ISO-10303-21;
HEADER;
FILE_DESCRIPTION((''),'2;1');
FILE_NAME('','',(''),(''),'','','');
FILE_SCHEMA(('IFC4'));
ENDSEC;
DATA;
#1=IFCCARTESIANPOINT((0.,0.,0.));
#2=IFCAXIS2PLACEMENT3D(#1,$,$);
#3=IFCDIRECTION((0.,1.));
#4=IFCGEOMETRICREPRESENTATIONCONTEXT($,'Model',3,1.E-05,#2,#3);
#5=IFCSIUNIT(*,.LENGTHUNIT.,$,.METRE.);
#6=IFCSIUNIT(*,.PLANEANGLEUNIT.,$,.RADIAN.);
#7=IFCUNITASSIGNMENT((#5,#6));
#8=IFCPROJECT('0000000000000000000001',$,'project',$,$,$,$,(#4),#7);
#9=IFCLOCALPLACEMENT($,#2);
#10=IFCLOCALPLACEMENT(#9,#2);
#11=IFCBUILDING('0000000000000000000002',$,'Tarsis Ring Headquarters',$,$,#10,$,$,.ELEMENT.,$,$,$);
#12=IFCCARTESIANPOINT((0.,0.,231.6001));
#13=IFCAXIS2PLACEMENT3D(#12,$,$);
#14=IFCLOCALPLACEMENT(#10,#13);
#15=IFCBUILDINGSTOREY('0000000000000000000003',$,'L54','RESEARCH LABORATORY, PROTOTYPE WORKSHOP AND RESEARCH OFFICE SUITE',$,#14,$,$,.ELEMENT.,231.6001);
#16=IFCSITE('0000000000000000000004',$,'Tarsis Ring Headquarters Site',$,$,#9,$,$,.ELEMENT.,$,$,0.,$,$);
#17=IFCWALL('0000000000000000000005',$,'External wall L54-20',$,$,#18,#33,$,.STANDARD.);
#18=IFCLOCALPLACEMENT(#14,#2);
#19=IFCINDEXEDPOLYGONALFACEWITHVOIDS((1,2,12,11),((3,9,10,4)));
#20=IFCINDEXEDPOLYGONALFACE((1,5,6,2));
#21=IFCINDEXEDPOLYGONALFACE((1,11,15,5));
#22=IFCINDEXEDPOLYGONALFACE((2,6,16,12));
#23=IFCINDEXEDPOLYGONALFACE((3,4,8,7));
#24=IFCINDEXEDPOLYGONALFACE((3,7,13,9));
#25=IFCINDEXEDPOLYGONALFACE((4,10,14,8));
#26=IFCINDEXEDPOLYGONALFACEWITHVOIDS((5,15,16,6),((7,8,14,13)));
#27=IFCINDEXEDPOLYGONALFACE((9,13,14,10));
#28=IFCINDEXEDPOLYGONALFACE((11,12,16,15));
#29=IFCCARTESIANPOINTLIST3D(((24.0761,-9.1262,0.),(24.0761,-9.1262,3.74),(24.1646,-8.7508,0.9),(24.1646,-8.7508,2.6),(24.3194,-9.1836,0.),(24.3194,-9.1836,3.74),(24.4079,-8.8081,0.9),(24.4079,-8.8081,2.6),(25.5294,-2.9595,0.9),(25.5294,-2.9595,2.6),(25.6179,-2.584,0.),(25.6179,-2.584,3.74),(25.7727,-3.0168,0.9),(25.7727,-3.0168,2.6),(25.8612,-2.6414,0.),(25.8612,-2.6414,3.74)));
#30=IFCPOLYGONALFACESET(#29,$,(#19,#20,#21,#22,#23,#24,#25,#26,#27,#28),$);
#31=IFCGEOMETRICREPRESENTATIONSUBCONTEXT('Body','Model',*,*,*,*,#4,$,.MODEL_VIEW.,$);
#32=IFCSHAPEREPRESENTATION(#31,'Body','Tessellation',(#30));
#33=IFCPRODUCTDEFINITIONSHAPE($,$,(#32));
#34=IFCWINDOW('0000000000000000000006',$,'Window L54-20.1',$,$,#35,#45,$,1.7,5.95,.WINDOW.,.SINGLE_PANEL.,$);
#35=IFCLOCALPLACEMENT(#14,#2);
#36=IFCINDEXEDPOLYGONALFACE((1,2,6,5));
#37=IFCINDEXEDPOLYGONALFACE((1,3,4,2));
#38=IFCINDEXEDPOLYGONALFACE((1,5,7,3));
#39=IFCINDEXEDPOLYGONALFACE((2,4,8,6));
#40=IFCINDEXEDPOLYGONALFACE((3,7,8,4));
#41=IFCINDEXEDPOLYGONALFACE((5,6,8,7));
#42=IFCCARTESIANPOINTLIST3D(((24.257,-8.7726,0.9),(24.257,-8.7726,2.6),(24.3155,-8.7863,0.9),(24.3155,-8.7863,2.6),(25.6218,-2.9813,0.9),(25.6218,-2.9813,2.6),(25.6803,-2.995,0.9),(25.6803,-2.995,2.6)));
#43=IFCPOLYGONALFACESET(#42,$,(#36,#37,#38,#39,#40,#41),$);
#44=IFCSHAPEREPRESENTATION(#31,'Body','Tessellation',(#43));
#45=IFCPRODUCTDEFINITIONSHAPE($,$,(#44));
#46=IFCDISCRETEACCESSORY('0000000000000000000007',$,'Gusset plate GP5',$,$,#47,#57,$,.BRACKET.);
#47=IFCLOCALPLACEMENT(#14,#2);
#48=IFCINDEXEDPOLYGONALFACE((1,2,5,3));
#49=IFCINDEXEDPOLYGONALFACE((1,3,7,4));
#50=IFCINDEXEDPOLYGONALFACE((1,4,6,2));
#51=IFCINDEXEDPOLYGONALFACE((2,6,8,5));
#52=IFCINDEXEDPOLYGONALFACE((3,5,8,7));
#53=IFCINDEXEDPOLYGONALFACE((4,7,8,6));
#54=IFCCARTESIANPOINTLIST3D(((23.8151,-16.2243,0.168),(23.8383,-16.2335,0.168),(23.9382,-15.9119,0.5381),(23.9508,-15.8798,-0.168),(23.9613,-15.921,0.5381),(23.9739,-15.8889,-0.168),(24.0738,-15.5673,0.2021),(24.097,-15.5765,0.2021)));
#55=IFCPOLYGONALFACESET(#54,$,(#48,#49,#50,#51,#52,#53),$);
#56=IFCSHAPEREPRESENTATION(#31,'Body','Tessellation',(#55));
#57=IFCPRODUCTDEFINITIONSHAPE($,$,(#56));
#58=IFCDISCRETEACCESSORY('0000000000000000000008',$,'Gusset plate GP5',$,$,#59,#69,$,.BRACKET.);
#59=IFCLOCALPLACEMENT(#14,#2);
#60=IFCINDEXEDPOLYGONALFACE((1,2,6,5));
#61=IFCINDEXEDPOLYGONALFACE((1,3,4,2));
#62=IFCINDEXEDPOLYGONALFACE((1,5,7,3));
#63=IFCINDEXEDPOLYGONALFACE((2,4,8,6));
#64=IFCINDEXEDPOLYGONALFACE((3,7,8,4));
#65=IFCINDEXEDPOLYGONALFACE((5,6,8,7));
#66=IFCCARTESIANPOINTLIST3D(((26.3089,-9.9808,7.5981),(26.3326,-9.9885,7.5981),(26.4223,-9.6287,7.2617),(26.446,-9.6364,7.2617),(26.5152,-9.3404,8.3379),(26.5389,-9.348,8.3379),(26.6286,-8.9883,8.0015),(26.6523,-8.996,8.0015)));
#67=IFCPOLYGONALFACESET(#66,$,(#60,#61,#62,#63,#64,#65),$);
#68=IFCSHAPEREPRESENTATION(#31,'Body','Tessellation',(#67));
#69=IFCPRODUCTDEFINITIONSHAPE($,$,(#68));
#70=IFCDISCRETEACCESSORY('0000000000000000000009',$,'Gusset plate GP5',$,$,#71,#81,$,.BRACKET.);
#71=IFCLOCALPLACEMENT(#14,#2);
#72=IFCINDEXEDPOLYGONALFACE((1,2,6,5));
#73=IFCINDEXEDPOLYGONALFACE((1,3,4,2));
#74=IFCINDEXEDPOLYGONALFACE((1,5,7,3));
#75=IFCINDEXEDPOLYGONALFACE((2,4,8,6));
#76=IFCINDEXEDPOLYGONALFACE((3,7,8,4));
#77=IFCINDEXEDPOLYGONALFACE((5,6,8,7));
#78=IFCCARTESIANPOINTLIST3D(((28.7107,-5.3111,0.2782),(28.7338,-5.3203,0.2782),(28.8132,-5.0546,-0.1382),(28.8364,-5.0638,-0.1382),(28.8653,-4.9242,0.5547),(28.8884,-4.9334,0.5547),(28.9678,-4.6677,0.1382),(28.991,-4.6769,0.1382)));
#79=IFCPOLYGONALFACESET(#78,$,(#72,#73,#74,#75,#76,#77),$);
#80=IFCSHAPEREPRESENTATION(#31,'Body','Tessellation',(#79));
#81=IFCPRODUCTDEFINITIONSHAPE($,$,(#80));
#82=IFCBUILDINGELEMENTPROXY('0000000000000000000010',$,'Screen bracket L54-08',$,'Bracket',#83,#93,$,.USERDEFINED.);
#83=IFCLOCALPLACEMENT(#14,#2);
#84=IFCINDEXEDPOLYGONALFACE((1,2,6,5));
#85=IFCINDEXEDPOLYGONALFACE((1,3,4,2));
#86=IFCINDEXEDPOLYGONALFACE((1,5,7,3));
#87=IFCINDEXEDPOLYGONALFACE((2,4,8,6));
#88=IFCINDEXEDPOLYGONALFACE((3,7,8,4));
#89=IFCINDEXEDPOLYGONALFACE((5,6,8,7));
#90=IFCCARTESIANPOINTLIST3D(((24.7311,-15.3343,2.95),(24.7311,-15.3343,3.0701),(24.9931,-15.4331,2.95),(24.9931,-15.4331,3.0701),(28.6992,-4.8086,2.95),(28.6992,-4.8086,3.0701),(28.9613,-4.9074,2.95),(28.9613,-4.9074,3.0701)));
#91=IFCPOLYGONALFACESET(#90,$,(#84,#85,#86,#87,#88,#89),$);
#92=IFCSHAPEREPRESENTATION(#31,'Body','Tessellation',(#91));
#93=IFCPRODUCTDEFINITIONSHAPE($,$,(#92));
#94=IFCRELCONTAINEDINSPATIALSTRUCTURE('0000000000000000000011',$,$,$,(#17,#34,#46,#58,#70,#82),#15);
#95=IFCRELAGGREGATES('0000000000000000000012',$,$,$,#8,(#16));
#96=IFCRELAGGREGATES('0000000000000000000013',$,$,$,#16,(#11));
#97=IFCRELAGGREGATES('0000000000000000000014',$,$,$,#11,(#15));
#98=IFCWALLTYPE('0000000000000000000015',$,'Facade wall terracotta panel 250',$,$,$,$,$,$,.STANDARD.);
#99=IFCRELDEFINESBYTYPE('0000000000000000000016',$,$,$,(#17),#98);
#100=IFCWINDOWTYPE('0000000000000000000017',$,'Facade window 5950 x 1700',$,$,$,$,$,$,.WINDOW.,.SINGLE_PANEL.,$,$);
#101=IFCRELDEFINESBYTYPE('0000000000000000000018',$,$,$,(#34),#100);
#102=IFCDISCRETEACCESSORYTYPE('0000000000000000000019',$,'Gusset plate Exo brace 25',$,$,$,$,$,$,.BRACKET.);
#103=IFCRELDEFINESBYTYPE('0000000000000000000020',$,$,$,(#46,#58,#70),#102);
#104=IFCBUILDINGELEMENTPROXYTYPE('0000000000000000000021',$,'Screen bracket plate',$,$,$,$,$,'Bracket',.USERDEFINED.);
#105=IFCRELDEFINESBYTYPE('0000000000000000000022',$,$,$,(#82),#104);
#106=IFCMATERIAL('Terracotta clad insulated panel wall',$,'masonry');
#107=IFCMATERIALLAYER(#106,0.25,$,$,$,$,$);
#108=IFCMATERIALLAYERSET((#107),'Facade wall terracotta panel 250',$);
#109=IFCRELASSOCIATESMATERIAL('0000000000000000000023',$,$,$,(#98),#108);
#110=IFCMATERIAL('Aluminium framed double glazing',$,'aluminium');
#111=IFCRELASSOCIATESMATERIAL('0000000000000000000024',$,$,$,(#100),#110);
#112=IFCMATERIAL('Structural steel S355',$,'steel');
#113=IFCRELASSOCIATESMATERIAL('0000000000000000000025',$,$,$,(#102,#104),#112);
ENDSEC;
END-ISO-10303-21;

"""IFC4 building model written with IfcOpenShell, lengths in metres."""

from ifc_helpers import new_model, si_unit, direction, frame, frame_2d, origin, origin_2d, place, context, subcontext, project, spatial, rectangle, extrude, material, layer, layer_set, material_profile, profile_set, type_object, element, fill, save


model = new_model("IFC4")

# Units and contexts
model_context = context("Model", 3, precision=1e-05, world=origin(), true_north=direction((0.0, 1.0)))
body_context = subcontext(model_context, "Body", "Model", "MODEL_VIEW")
ifc_project = project(units=[si_unit("LENGTHUNIT", "METRE"), si_unit("PLANEANGLEUNIT", "RADIAN")], contexts=[model_context])

# Site, building, storey
site_placement = place(None, origin())
site = spatial("IfcSite", under=ifc_project, at=site_placement, Name="Tarsis Ring Headquarters Site", CompositionType="ELEMENT", RefElevation=0.0)
building_placement = place(site_placement, origin())
building = spatial("IfcBuilding", under=site, at=building_placement, Name="Tarsis Ring Headquarters", CompositionType="ELEMENT")
storey_placement = place(building_placement, frame((0.0, 0.0, 231.6001)))
storey = spatial("IfcBuildingStorey", under=building, at=storey_placement, Name="L54", Description="RESEARCH LABORATORY, PROTOTYPE WORKSHOP AND RESEARCH OFFICE SUITE", CompositionType="ELEMENT", Elevation=231.6001)

# Shared definitions
ifc_material_1 = material(Name="Structural steel S355", Category="steel")

# Wall, opening, window
ifc_material_2 = material(Name="Terracotta clad insulated panel wall", Category="masonry")
ifc_layer_1 = layer(ifc_material_2, 0.25)
ifc_layer_set_1 = layer_set([ifc_layer_1], Name="Facade wall terracotta panel 250")
wall_type_1 = type_object("IfcWallType", Name="Facade wall terracotta panel 250", PredefinedType="STANDARD", material=ifc_layer_set_1)
ifc_material_3 = material(Name="Aluminium framed double glazing", Category="aluminium")
window_type = type_object("IfcWindowType", Name="Facade window 5950 x 1700", PartitioningType="SINGLE_PANEL", PredefinedType="WINDOW", material=ifc_material_3)
wall_1_placement = place(storey_placement, frame((24.1978, -9.155, 0.0), z_axis=(0.0, 0.0, 1.0), x_axis=(0.229377, 0.973338, 0.0)))
wall_1 = element("IfcWall", 1, at=wall_1_placement, inside=storey, type_object=wall_type_1, Name="External wall L54-20", PredefinedType="STANDARD", context=body_context, shape_type="SweptSolid", body=[
    extrude(rectangle(XDim=6.7214, YDim=0.25, at=frame_2d((3.3608, 0.0))), origin(), (0.0, 0.0, 1.0), 3.74),
])
opening_1_placement = place(wall_1_placement, frame((0.3857, 0.0, 0.8999)))
opening_1 = element("IfcOpeningElement", 2, at=opening_1_placement, cuts=wall_1, PredefinedType="OPENING", context=body_context, shape_type="SweptSolid", body=[
    extrude(rectangle(XDim=5.95, YDim=1.7, at=frame_2d((2.9751, 0.8501))), frame((0.0, 0.135, 0.0), z_axis=(0.0, -1.0, 0.0), x_axis=(1.0, 0.0, 0.0)), (0.0, 0.0, 1.0), 0.27),
])
window_1_placement = place(opening_1_placement, origin())
window_1 = element("IfcWindow", 3, at=window_1_placement, inside=storey, type_object=window_type, Name="Window L54-20.1", OverallHeight=1.7, OverallWidth=5.95, PartitioningType="SINGLE_PANEL", PredefinedType="WINDOW", context=body_context, shape_type="SweptSolid", body=[
    extrude(rectangle(XDim=5.95, YDim=1.7, at=frame_2d((2.9751, 0.8501))), frame((0.0, 0.03, 0.0), z_axis=(0.0, -1.0, 0.0), x_axis=(1.0, 0.0, 0.0)), (0.0, 0.0, 1.0), 0.0601),
])
fill(opening_1, window_1)

# Discrete accessories
ifc_material_profile_1 = material_profile(ifc_material_1, rectangle(XDim=0.0249, YDim=0.5, at=origin_2d()), Name="PL 25x500")
ifc_profile_set_1 = profile_set([ifc_material_profile_1], Name="Structural steel S355")
discrete_accessory_type = type_object("IfcDiscreteAccessoryType", Name="Gusset plate Exo brace 25", PredefinedType="BRACKET", material=ifc_profile_set_1)
discrete_accessory_1_placement = place(storey_placement, frame((23.8945, -16.0566, 0.0), z_axis=(0.2462, 0.625271, 0.740555), x_axis=(-0.930468, 0.366372, 0.0)))
element("IfcDiscreteAccessory", 4, at=discrete_accessory_1_placement, inside=storey, type_object=discrete_accessory_type, Name="Gusset plate GP5", PredefinedType="BRACKET", context=body_context, shape_type="SweptSolid", body=[
    extrude(rectangle(XDim=0.0249, YDim=0.5, at=origin_2d()), origin(), (0.0, 0.0, 1.0), 0.4998),
])
discrete_accessory_2_placement = place(storey_placement, frame((26.3774, -9.8086, 7.4299), z_axis=(0.206312, 0.640422, 0.739794), x_axis=(-0.951828, 0.306632, 0.0)))
element("IfcDiscreteAccessory", 5, at=discrete_accessory_2_placement, inside=storey, type_object=discrete_accessory_type, Name="Gusset plate GP5", PredefinedType="BRACKET", context=body_context, shape_type="SweptSolid", body=[
    extrude(rectangle(XDim=0.0249, YDim=0.5, at=origin_2d()), origin(), (0.0, 0.0, 1.0), 1.0),
])
discrete_accessory_3_placement = place(storey_placement, frame((28.9021, -4.8657, 0.0), z_axis=(-0.205148, -0.513359, 0.833293), x_axis=(0.928599, -0.371086, 0.0)))
element("IfcDiscreteAccessory", 6, at=discrete_accessory_3_placement, inside=storey, type_object=discrete_accessory_type, Name="Gusset plate GP5", PredefinedType="BRACKET", context=body_context, shape_type="SweptSolid", body=[
    extrude(rectangle(XDim=0.0249, YDim=0.5, at=origin_2d()), origin(), (0.0, 0.0, 1.0), 0.4998),
])

# Building element proxy
building_element_proxy_type = type_object("IfcBuildingElementProxyType", Name="Screen bracket plate", ElementType="Bracket", PredefinedType="USERDEFINED", material=ifc_material_1)
proxy_placement = place(storey_placement, frame((26.8462, -10.1208, 2.95), z_axis=(0.0, 0.0, 1.0), x_axis=(0.35276, 0.935714, 0.0)))
element("IfcBuildingElementProxy", 7, at=proxy_placement, inside=storey, type_object=building_element_proxy_type, Name="Screen bracket L54-08", ObjectType="Bracket", PredefinedType="USERDEFINED", context=body_context, shape_type="SweptSolid", body=[
    extrude(rectangle(XDim=11.2488, YDim=0.28, at=origin_2d()), origin(), (0.0, 0.0, 1.0), 0.1201),
])

save(model, "model.ifc")
